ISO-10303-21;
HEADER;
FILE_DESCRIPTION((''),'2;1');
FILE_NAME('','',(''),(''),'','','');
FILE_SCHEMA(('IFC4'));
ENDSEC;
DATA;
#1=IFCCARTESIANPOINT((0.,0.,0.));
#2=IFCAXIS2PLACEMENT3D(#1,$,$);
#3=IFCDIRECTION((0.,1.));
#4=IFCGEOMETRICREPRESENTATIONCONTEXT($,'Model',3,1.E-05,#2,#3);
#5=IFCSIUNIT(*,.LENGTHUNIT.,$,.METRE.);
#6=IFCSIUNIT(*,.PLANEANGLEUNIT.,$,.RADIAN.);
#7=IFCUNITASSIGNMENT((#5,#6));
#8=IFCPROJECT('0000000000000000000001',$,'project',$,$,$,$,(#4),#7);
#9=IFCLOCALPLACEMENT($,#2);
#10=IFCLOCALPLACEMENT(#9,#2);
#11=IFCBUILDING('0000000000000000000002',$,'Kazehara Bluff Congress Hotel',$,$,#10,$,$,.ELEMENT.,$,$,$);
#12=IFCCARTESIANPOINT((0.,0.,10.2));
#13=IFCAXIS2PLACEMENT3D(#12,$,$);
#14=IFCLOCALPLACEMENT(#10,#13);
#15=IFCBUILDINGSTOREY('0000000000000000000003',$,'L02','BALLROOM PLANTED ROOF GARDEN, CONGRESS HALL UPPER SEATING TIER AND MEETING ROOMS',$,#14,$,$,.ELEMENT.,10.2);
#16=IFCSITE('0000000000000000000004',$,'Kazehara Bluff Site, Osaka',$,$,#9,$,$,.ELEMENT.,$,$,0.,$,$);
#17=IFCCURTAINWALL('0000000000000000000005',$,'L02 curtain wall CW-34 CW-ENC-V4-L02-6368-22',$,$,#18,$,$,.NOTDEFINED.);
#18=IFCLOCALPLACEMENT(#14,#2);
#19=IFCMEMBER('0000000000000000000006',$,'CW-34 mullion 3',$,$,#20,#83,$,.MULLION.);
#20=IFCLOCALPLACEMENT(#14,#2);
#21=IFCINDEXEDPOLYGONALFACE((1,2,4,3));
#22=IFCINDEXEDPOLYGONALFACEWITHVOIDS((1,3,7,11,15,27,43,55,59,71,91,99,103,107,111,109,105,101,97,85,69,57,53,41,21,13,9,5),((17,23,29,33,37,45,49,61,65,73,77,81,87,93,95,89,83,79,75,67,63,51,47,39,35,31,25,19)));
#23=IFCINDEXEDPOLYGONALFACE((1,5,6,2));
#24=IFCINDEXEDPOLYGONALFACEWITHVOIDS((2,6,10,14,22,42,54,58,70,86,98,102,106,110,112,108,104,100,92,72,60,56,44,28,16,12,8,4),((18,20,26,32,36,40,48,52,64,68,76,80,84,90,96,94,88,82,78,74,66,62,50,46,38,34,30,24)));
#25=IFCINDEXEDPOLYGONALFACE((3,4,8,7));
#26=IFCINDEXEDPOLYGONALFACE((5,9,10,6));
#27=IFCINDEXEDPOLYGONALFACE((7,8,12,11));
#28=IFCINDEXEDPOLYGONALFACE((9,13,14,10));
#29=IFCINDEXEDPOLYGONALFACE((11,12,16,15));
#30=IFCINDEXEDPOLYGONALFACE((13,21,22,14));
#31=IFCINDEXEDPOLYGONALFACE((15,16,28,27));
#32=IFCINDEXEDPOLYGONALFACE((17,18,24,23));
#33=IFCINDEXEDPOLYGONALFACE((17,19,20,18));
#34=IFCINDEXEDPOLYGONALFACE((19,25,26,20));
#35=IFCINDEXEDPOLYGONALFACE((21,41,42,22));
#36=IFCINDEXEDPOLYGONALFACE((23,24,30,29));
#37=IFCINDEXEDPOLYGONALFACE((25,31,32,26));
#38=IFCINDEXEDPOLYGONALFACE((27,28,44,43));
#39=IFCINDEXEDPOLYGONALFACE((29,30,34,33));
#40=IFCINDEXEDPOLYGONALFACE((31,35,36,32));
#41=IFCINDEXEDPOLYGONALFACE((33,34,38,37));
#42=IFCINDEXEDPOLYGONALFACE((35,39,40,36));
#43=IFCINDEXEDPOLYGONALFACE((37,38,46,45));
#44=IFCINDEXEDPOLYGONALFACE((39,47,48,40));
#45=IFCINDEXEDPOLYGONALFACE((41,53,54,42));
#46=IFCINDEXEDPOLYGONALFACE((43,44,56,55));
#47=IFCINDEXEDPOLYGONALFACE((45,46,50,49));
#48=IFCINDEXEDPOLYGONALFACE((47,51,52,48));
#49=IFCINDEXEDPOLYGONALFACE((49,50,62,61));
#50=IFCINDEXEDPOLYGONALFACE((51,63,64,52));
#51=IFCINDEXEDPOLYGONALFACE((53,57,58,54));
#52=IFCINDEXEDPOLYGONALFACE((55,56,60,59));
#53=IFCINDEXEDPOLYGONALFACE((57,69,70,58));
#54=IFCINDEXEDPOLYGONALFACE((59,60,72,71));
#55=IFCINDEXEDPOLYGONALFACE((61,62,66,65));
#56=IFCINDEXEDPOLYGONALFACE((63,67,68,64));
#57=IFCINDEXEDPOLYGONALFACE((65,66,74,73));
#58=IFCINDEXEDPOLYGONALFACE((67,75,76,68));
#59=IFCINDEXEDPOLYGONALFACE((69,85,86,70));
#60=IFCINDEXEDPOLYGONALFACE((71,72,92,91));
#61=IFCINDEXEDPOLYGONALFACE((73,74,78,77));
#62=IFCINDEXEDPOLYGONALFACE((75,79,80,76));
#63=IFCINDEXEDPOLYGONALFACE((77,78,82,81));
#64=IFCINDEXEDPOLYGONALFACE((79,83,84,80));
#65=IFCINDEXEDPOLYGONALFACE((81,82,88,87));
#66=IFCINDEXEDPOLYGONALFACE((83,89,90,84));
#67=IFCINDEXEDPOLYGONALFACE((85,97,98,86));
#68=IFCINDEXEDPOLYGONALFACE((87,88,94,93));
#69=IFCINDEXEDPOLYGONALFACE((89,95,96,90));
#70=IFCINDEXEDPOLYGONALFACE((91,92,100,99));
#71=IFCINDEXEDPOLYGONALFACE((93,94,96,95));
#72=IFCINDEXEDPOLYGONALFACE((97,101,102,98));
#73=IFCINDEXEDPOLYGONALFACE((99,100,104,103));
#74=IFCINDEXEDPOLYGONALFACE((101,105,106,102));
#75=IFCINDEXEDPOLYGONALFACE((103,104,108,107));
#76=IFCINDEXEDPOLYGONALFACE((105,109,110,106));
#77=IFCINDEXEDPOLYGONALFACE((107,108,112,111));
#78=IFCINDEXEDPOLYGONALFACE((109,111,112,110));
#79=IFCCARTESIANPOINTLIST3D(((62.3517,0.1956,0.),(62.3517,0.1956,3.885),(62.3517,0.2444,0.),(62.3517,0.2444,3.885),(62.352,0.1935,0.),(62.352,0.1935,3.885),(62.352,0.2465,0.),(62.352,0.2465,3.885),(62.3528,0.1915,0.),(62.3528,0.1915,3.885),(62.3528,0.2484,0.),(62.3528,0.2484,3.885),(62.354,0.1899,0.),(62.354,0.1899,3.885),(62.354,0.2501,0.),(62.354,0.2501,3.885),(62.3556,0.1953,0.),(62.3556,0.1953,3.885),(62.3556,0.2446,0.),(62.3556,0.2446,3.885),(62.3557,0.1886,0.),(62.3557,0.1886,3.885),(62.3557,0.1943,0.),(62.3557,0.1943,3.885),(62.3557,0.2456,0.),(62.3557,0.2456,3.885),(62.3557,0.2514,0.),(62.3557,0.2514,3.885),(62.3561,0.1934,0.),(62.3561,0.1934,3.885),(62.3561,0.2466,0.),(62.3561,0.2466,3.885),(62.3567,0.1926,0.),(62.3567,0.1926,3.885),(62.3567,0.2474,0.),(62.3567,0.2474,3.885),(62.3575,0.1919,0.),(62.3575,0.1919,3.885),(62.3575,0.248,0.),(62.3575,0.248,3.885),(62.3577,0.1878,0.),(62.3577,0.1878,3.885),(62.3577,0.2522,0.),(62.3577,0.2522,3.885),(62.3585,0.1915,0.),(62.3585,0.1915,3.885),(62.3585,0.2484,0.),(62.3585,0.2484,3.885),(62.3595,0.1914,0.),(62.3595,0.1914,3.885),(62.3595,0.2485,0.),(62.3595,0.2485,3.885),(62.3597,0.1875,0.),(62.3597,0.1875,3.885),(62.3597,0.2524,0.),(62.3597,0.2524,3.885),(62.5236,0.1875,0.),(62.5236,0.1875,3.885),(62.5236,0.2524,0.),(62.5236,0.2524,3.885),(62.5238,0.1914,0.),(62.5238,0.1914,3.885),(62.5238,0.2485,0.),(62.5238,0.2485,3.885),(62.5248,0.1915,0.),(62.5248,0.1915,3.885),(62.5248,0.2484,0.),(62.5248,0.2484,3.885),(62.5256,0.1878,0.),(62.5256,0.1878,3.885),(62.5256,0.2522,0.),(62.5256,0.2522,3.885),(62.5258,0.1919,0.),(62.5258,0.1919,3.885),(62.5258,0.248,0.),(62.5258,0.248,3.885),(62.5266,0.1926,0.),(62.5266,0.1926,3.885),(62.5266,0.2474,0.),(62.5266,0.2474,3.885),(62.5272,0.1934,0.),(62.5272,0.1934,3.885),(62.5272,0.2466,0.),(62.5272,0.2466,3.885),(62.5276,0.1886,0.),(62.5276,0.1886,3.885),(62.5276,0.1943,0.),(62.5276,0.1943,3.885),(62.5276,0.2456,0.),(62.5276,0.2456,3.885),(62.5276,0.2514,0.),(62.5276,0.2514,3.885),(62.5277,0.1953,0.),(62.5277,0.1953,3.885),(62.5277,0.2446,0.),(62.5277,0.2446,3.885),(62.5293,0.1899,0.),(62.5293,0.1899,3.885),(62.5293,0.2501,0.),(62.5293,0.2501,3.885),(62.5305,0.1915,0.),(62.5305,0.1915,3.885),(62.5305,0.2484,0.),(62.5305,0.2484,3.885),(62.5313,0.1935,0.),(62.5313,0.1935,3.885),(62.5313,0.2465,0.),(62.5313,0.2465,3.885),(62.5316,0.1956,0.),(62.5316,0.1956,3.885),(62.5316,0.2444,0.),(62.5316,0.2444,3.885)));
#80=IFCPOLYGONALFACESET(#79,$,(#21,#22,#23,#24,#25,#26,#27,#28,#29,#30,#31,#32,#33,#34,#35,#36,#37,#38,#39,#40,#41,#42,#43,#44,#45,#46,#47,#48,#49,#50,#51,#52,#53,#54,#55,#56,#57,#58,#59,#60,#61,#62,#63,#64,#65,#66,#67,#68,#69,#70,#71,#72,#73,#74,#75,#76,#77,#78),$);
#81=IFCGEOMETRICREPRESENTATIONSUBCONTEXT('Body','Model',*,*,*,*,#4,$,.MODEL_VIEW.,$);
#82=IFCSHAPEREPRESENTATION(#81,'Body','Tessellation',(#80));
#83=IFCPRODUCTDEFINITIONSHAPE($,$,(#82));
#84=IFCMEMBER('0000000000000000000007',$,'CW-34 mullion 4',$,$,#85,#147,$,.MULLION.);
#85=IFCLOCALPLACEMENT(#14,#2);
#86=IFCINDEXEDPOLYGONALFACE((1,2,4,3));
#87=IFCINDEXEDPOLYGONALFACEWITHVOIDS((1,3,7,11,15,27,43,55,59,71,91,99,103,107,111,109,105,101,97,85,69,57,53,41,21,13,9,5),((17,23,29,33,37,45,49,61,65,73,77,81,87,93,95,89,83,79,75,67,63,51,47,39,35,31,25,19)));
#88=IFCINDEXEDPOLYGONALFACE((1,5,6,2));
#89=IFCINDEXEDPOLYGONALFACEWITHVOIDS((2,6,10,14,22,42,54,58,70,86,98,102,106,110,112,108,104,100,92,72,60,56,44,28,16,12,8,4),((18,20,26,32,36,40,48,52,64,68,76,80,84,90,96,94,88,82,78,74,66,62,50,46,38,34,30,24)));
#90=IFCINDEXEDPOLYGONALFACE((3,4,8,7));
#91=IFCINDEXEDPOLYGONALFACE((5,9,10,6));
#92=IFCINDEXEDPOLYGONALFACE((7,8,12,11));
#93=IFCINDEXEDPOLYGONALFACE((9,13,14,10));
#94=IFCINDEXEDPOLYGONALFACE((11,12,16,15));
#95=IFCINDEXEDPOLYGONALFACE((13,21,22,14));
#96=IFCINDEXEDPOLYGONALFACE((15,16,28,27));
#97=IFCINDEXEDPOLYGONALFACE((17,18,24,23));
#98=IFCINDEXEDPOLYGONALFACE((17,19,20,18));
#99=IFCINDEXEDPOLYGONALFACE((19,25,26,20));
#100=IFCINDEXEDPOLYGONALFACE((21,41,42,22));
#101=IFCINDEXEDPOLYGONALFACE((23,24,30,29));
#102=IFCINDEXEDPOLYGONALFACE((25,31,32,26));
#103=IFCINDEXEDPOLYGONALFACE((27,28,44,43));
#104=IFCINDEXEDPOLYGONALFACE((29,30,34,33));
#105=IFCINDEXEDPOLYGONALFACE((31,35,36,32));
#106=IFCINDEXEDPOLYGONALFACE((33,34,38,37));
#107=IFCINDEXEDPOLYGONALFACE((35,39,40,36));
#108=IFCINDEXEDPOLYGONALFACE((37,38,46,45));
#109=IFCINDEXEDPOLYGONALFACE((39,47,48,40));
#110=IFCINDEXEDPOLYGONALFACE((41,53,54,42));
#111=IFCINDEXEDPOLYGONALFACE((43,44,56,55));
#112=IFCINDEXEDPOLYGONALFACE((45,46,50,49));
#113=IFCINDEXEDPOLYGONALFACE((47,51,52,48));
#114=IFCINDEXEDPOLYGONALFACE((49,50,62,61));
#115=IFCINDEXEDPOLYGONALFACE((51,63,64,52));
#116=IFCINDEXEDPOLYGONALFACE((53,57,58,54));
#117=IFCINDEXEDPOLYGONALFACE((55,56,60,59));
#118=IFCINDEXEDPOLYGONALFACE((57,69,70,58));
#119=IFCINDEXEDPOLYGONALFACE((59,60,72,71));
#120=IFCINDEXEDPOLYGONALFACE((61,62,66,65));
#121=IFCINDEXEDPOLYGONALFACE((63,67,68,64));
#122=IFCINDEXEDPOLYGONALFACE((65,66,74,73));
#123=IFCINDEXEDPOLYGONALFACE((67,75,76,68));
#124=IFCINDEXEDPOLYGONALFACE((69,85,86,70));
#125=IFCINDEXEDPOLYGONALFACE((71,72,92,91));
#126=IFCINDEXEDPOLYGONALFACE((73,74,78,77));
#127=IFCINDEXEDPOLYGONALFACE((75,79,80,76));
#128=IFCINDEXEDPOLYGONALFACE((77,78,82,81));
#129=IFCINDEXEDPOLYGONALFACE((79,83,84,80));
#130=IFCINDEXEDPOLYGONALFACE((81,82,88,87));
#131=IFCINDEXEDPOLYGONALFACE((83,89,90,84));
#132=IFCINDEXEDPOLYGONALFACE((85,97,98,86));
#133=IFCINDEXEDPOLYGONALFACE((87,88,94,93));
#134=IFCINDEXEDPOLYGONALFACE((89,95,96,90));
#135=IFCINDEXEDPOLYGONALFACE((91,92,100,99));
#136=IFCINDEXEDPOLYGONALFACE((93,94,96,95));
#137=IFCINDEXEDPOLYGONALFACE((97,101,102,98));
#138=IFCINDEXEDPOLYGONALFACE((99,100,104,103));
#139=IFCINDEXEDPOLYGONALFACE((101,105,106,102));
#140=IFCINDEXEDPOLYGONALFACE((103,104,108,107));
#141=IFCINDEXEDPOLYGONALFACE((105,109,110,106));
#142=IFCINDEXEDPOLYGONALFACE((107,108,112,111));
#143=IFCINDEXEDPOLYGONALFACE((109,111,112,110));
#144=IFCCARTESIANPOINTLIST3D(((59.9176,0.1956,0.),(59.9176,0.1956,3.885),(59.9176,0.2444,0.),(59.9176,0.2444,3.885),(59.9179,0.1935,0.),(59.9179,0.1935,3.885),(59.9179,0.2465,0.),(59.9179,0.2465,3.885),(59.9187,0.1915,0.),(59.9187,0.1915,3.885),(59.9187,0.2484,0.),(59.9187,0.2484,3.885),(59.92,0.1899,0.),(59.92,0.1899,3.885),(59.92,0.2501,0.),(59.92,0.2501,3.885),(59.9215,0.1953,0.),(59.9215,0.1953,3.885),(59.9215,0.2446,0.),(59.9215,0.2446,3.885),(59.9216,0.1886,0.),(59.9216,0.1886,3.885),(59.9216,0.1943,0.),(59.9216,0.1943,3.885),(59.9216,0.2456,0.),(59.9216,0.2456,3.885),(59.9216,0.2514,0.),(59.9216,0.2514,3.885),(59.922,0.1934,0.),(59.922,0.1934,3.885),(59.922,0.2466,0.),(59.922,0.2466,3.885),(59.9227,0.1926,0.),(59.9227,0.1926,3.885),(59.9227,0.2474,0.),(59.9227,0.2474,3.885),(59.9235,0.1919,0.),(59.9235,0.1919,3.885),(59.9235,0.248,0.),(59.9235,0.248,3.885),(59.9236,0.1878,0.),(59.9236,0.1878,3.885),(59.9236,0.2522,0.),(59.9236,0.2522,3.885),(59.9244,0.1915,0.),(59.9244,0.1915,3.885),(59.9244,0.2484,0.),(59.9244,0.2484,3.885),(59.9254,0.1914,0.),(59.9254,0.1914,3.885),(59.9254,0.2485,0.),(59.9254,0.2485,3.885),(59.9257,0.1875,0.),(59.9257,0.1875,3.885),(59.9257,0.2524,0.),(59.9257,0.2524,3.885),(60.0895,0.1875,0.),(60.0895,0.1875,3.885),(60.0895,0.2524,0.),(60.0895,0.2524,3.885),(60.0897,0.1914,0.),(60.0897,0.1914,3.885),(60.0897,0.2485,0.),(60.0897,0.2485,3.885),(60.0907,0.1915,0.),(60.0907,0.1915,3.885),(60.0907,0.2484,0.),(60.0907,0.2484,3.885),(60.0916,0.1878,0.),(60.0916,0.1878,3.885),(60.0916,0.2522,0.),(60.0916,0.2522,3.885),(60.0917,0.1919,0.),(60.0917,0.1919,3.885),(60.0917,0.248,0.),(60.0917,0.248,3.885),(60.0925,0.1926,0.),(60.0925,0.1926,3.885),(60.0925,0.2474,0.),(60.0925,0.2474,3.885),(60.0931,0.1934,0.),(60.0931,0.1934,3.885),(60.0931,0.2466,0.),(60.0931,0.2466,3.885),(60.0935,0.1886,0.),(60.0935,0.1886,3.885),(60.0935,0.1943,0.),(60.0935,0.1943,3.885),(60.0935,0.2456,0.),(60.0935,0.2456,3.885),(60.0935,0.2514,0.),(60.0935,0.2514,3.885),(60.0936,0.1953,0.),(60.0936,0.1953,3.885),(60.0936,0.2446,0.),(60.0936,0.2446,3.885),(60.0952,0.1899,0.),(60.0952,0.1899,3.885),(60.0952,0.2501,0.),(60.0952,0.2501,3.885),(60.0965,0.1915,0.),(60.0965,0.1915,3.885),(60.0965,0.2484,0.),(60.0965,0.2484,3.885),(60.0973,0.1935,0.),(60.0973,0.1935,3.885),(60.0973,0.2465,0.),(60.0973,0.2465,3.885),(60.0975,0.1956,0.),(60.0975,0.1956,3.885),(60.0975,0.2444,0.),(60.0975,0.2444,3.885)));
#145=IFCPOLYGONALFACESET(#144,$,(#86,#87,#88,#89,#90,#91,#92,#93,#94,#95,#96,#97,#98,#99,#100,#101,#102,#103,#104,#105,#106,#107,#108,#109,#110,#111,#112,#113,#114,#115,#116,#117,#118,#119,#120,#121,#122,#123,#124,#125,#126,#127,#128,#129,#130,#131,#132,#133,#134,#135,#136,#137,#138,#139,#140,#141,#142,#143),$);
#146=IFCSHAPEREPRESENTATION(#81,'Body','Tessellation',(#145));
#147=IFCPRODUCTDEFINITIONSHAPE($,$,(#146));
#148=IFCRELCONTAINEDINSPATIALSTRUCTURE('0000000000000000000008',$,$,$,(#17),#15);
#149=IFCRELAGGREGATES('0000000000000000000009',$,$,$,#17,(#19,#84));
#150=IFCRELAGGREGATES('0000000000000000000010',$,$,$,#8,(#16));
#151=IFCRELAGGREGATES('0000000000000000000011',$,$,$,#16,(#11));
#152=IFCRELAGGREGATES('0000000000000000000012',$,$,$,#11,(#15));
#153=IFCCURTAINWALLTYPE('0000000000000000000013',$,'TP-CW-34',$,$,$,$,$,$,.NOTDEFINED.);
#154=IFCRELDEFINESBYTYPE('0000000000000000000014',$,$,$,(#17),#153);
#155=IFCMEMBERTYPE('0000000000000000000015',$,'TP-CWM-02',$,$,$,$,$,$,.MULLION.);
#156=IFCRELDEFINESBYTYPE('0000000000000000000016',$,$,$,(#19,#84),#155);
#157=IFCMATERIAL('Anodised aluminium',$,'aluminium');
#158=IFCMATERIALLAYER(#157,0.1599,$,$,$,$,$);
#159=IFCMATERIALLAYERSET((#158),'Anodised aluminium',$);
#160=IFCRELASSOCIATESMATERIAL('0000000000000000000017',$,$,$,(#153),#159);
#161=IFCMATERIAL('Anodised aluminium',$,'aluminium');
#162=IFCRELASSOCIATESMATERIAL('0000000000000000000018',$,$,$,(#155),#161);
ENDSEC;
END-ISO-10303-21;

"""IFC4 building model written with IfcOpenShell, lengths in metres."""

from ifc_helpers import new_model, si_unit, direction, frame, origin, origin_2d, place, context, subcontext, project, spatial, hollow_rectangle, extrude, material, layer, layer_set, material_profile, profile_set, type_object, element, aggregate, save


model = new_model("IFC4")

# Units and contexts
model_context = context("Model", 3, precision=1e-05, world=origin(), true_north=direction((0.0, 1.0)))
body_context = subcontext(model_context, "Body", "Model", "MODEL_VIEW")
ifc_project = project(units=[si_unit("LENGTHUNIT", "METRE"), si_unit("PLANEANGLEUNIT", "RADIAN")], contexts=[model_context])

# Site, building, storey
site_placement = place(None, origin())
site = spatial("IfcSite", under=ifc_project, at=site_placement, Name="Kazehara Bluff Site, Osaka", CompositionType="ELEMENT", RefElevation=0.0)
building_placement = place(site_placement, origin())
building = spatial("IfcBuilding", under=site, at=building_placement, Name="Kazehara Bluff Congress Hotel", CompositionType="ELEMENT")
storey_placement = place(building_placement, frame((0.0, 0.0, 10.2)))
storey = spatial("IfcBuildingStorey", under=building, at=storey_placement, Name="L02", Description="BALLROOM PLANTED ROOF GARDEN, CONGRESS HALL UPPER SEATING TIER AND MEETING ROOMS", CompositionType="ELEMENT", Elevation=10.2)

# Curtain wall, members
ifc_material_1 = material(Name="Anodised aluminium", Category="aluminium")
ifc_layer_1 = layer(ifc_material_1, 0.1599)
ifc_layer_set_1 = layer_set([ifc_layer_1], Name="Anodised aluminium")
curtain_wall_type_1 = type_object("IfcCurtainWallType", Name="TP-CW-34", PredefinedType="NOTDEFINED", material=ifc_layer_set_1)
curtain_wall_1_placement = place(storey_placement, origin())
curtain_wall_1 = element("IfcCurtainWall", 1, at=curtain_wall_1_placement, inside=storey, type_object=curtain_wall_type_1, Name="L02 curtain wall CW-34 CW-ENC-V4-L02-6368-22", PredefinedType="NOTDEFINED")
ifc_material_2 = material(Name="Anodised aluminium", Category="aluminium")
ifc_material_profile_1 = material_profile(ifc_material_2, hollow_rectangle(XDim=0.0649, YDim=0.1799, WallThickness=0.0039, InnerFilletRadius=0.0039, OuterFilletRadius=0.0081, at=origin_2d()))
ifc_profile_set_1 = profile_set([ifc_material_profile_1], Name="Anodised aluminium")
member_type_1 = type_object("IfcMemberType", Name="TP-CWM-02", PredefinedType="MULLION", material=ifc_profile_set_1)
member_1_placement = place(storey_placement, frame((62.4417, 0.22, 0.0), z_axis=(0.0, 0.0, 1.0), x_axis=(0.0, -1.0, 0.0)))
member_1 = element("IfcMember", 2, at=member_1_placement, type_object=member_type_1, Name="CW-34 mullion 3", PredefinedType="MULLION", context=body_context, shape_type="SweptSolid", body=[
    extrude(hollow_rectangle(XDim=0.0649, YDim=0.1799, WallThickness=0.0039, InnerFilletRadius=0.0039, OuterFilletRadius=0.0081, at=origin_2d()), origin(), (0.0, 0.0, 1.0), 3.885),
])
member_2_placement = place(storey_placement, frame((60.0076, 0.22, 0.0), z_axis=(0.0, 0.0, 1.0), x_axis=(0.0, -1.0, 0.0)))
member_2 = element("IfcMember", 3, at=member_2_placement, type_object=member_type_1, Name="CW-34 mullion 4", PredefinedType="MULLION", context=body_context, shape_type="SweptSolid", body=[
    extrude(hollow_rectangle(XDim=0.0649, YDim=0.1799, WallThickness=0.0039, InnerFilletRadius=0.0039, OuterFilletRadius=0.0081, at=origin_2d()), origin(), (0.0, 0.0, 1.0), 3.885),
])

aggregate(curtain_wall_1, [member_1, member_2])

save(model, "model.ifc")
